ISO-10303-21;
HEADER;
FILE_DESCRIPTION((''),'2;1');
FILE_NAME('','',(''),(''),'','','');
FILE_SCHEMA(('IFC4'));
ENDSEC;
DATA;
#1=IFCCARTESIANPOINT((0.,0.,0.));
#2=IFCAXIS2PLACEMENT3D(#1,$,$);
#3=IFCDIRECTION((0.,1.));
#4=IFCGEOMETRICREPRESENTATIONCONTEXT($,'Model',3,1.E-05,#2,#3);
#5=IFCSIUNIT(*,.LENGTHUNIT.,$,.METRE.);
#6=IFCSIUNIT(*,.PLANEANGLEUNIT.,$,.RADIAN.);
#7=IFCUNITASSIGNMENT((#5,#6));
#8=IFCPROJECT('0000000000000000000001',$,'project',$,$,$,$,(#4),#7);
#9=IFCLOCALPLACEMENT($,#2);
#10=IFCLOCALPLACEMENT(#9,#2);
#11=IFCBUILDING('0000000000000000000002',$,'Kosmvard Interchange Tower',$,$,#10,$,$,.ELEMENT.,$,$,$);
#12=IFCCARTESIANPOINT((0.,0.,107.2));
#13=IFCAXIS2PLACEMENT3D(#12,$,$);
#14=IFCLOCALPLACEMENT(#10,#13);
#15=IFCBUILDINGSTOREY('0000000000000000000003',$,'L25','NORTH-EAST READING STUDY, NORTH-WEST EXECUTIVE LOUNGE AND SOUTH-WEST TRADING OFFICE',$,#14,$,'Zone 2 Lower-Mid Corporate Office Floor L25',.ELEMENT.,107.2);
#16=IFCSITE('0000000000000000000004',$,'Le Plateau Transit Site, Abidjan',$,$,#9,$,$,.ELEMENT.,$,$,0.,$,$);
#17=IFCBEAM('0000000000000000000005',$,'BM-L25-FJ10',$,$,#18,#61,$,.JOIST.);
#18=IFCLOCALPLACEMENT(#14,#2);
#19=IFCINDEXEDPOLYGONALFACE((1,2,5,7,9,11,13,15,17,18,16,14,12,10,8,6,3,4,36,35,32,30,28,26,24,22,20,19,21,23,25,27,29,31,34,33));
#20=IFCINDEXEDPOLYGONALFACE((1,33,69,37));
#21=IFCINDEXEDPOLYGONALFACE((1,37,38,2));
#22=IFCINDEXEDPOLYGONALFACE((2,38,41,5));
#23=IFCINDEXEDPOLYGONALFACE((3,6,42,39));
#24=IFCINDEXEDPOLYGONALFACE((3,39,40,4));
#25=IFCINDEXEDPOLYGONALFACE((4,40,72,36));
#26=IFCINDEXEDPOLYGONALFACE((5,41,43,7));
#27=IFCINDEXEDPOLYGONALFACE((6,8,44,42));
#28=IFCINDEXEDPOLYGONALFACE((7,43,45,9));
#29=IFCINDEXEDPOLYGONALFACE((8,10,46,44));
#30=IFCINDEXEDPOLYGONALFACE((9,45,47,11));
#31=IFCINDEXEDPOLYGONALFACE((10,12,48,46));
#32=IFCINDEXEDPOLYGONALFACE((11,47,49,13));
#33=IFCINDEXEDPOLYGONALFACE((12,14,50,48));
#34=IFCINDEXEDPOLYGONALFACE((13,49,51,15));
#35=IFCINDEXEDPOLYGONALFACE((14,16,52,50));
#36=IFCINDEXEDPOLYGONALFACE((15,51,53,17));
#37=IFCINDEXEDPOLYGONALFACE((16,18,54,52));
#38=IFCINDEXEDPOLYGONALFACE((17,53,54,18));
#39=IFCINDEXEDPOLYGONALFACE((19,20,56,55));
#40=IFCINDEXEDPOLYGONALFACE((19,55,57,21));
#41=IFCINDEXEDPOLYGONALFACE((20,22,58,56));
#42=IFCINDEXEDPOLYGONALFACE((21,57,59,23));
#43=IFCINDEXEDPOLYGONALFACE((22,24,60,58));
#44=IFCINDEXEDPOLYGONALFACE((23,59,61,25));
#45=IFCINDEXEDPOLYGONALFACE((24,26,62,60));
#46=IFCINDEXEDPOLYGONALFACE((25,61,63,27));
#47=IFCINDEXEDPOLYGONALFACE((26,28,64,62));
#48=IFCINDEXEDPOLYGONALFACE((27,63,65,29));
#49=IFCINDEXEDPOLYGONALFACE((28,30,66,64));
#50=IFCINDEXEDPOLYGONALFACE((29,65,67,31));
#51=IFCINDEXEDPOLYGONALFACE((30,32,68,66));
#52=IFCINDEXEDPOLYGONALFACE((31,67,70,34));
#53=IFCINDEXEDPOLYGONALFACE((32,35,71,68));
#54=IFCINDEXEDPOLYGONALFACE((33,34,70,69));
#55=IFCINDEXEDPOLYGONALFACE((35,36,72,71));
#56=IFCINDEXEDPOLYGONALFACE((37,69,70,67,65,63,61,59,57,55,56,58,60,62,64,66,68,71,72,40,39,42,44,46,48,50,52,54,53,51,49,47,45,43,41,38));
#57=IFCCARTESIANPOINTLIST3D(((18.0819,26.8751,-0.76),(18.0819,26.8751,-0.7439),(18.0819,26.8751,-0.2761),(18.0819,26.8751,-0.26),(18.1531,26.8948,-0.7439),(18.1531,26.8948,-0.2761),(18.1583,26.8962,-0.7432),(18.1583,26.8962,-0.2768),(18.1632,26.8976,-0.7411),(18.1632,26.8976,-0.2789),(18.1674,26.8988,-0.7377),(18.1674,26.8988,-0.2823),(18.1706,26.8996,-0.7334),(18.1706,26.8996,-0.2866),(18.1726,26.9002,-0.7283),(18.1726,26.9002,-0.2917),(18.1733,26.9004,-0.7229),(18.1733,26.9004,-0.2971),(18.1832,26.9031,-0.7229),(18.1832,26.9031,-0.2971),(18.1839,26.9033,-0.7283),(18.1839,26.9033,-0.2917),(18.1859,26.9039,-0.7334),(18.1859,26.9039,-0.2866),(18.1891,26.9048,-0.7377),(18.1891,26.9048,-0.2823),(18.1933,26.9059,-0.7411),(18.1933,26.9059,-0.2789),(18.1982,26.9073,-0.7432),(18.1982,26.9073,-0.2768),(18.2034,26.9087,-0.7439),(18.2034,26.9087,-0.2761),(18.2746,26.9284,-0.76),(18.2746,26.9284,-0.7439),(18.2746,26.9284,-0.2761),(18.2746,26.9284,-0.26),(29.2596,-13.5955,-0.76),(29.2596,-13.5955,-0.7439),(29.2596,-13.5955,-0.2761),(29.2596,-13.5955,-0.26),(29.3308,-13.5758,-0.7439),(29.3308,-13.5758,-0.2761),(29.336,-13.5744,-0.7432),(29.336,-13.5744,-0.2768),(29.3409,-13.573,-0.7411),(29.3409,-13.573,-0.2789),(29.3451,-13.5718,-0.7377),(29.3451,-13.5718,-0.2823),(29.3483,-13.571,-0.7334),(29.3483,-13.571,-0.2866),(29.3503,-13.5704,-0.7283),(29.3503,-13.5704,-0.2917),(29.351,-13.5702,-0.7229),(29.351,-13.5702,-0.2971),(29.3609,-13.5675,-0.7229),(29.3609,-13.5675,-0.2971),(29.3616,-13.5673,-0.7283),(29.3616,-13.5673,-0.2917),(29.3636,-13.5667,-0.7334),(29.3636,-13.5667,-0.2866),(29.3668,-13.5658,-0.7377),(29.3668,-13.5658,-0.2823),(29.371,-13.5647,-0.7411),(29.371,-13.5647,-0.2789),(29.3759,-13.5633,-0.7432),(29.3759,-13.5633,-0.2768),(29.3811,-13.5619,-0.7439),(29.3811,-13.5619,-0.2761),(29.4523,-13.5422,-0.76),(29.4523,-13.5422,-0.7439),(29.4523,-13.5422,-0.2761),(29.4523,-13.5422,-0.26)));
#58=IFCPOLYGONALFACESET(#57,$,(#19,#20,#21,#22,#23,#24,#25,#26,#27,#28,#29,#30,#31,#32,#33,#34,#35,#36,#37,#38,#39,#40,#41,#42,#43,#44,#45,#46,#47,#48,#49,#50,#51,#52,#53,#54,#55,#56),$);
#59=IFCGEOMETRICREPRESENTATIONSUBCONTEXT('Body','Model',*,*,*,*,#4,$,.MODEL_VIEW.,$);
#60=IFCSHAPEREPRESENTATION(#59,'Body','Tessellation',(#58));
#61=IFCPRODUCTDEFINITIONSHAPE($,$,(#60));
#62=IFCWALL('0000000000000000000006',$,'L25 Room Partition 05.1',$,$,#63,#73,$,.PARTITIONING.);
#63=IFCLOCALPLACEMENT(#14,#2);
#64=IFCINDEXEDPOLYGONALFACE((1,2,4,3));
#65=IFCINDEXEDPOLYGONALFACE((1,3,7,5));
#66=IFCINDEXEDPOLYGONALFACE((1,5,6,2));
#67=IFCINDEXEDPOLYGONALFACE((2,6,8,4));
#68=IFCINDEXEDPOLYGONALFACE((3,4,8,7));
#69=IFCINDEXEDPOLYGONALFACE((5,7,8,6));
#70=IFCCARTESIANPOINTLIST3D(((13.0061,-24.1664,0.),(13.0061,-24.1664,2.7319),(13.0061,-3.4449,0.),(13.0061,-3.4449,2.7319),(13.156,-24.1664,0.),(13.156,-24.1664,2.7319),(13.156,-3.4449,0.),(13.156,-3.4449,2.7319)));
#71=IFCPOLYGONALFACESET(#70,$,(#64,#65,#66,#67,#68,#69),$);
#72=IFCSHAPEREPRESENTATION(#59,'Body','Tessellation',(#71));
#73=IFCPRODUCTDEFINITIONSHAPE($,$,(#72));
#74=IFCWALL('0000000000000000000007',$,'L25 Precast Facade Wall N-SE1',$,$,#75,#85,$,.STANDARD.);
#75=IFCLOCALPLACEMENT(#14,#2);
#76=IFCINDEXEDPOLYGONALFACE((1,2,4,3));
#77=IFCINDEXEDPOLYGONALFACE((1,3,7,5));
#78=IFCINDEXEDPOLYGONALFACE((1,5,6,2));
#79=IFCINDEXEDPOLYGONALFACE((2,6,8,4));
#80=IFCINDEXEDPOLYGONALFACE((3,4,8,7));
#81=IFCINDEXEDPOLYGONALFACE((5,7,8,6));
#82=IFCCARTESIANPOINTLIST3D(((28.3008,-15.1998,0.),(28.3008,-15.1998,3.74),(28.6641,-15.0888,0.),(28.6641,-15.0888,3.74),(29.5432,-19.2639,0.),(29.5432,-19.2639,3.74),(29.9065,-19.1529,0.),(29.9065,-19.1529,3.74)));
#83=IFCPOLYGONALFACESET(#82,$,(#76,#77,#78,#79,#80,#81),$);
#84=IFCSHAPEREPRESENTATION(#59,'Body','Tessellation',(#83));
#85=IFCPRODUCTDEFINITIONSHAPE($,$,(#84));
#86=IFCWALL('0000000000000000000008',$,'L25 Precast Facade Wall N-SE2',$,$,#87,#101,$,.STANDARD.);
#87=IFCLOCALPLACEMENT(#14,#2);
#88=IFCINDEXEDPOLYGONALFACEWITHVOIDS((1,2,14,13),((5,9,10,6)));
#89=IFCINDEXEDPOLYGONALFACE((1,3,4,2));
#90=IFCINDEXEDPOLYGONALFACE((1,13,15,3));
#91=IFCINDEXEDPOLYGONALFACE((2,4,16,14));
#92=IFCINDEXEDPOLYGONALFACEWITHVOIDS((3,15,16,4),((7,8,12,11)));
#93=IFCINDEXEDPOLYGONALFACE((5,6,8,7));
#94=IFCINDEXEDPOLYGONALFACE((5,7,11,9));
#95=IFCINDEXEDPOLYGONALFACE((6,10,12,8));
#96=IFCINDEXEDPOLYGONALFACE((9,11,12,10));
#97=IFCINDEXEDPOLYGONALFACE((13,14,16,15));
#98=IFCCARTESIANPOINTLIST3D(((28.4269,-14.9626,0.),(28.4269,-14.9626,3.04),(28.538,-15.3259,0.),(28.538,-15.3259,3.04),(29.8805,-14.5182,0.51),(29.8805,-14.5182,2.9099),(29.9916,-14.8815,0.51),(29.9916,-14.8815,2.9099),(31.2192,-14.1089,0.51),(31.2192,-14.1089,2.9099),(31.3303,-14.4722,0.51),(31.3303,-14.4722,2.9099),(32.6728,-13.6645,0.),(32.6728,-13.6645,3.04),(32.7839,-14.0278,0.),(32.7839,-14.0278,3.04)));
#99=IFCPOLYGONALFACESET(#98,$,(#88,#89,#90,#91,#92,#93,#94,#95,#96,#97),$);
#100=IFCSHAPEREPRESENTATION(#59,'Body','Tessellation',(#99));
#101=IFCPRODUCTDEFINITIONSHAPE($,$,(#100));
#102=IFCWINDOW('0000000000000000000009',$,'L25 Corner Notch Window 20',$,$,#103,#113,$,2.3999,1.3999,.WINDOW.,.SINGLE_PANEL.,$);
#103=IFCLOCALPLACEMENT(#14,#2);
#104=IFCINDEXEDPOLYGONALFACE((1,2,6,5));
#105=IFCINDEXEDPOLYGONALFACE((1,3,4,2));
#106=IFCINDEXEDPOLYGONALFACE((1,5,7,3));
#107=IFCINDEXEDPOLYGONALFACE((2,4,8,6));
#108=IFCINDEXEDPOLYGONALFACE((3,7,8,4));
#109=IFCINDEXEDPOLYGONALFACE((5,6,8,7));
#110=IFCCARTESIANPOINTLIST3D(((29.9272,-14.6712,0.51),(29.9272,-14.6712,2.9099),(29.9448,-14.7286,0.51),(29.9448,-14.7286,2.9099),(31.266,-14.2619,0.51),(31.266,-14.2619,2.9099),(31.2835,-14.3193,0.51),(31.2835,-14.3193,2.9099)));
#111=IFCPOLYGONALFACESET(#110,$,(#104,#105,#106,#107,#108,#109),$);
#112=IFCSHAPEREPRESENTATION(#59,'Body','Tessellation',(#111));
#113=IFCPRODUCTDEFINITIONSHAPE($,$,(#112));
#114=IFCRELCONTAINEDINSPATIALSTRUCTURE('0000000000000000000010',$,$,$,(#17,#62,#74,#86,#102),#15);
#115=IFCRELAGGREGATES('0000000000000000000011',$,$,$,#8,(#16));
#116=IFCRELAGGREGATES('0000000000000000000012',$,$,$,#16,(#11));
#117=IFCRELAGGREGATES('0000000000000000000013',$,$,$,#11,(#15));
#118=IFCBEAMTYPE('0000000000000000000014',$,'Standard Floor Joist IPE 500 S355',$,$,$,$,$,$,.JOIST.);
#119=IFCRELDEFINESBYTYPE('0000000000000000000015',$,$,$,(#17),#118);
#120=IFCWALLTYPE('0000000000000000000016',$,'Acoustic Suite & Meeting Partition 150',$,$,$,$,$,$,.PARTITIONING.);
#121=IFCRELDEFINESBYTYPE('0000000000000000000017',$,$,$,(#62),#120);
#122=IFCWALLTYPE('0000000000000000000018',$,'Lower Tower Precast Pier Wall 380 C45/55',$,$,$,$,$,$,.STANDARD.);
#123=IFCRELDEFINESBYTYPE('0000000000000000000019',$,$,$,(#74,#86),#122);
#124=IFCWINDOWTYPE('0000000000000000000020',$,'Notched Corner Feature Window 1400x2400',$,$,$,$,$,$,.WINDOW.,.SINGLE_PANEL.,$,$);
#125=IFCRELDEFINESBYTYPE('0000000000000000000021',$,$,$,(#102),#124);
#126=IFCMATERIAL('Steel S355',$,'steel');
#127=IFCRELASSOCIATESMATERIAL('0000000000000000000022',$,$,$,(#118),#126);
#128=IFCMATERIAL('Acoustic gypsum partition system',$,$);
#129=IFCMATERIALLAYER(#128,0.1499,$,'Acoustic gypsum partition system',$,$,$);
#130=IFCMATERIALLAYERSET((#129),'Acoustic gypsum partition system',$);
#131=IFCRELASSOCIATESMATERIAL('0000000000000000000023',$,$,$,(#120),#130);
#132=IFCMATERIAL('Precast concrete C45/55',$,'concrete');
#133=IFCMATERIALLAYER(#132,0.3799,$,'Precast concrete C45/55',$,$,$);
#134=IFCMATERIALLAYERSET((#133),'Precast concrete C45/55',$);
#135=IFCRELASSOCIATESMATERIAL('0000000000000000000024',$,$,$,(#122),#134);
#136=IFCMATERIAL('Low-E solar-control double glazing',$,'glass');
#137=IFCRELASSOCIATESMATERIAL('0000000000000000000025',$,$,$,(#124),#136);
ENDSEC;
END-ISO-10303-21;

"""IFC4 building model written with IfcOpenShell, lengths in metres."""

from ifc_helpers import new_model, si_unit, direction, frame, frame_2d, origin, origin_2d, place, context, subcontext, project, spatial, rectangle, i_section, extrude, source, transform, mapped, material, layer, layer_set, material_profile, profile_set, type_object, element, fill, save


model = new_model("IFC4")

# Units and contexts
model_context = context("Model", 3, precision=1e-05, world=origin(), true_north=direction((0.0, 1.0)))
body_context = subcontext(model_context, "Body", "Model", "MODEL_VIEW")
ifc_project = project(units=[si_unit("LENGTHUNIT", "METRE"), si_unit("PLANEANGLEUNIT", "RADIAN")], contexts=[model_context])

# Site, building, storey
site_placement = place(None, origin())
site = spatial("IfcSite", under=ifc_project, at=site_placement, Name="Le Plateau Transit Site, Abidjan", CompositionType="ELEMENT", RefElevation=0.0)
building_placement = place(site_placement, origin())
building = spatial("IfcBuilding", under=site, at=building_placement, Name="Kosmvard Interchange Tower", CompositionType="ELEMENT")
storey_placement = place(building_placement, frame((0.0, 0.0, 107.2)))
storey = spatial("IfcBuildingStorey", under=building, at=storey_placement, Name="L25", Description="NORTH-EAST READING STUDY, NORTH-WEST EXECUTIVE LOUNGE AND SOUTH-WEST TRADING OFFICE", LongName="Zone 2 Lower-Mid Corporate Office Floor L25", CompositionType="ELEMENT", Elevation=107.2)

# Beam
ifc_material_1 = material(Name="Steel S355", Category="steel")
ifc_material_2 = material(Name="Precast concrete C45/55", Category="concrete")
ifc_material_profile_1 = material_profile(ifc_material_1, i_section(OverallWidth=0.2, OverallDepth=0.5, WebThickness=0.0103, FlangeThickness=0.0161, FilletRadius=0.021, at=origin_2d()), Name="IPE 500")
ifc_profile_set_1 = profile_set([ifc_material_profile_1], Name="Steel S355")
beam_type_1 = type_object("IfcBeamType", Name="Standard Floor Joist IPE 500 S355", PredefinedType="JOIST", material=ifc_profile_set_1)
shared_shape_1 = source(origin(), body_context, "Body", "SweptSolid", [
    extrude(i_section(OverallWidth=0.2, OverallDepth=0.5, WebThickness=0.0103, FlangeThickness=0.0161, FilletRadius=0.021, at=origin_2d()), origin(), (0.0, 0.0, 1.0), 41.9858),
])
beam_1_placement = place(storey_placement, frame((29.356, -13.5688, -0.51), z_axis=(-0.266226, 0.963911, 0.0), x_axis=(-0.963911, -0.266226, 0.0)))
element("IfcBeam", 1, at=beam_1_placement, inside=storey, type_object=beam_type_1, Name="BM-L25-FJ10", PredefinedType="JOIST", context=body_context, shape_type="MappedRepresentation", body=[
    mapped(shared_shape_1, transform((0.0, 0.0, 0.0), scale=1.0)),
])

# Walls
ifc_material_3 = material(Name="Acoustic gypsum partition system")
ifc_layer_1 = layer(ifc_material_3, 0.1499, Name="Acoustic gypsum partition system")
ifc_layer_set_1 = layer_set([ifc_layer_1], Name="Acoustic gypsum partition system")
wall_type_1 = type_object("IfcWallType", Name="Acoustic Suite & Meeting Partition 150", PredefinedType="PARTITIONING", material=ifc_layer_set_1)
wall_1_placement = place(storey_placement, frame((13.0811, -24.1665, 0.0), z_axis=(0.0, 0.0, 1.0), x_axis=(0.0, 1.0, 0.0)))
element("IfcWall", 2, at=wall_1_placement, inside=storey, type_object=wall_type_1, Name="L25 Room Partition 05.1", PredefinedType="PARTITIONING", context=body_context, shape_type="SweptSolid", body=[
    extrude(rectangle(XDim=20.7214, YDim=0.1499, at=frame_2d((10.3608, 0.0))), origin(), (0.0, 0.0, 1.0), 2.7319),
])
ifc_layer_2 = layer(ifc_material_2, 0.3799, Name="Precast concrete C45/55")
ifc_layer_set_2 = layer_set([ifc_layer_2], Name="Precast concrete C45/55")
wall_type_2 = type_object("IfcWallType", Name="Lower Tower Precast Pier Wall 380 C45/55", PredefinedType="STANDARD", material=ifc_layer_set_2)
wall_2_placement = place(storey_placement, frame((29.7249, -19.2085, 0.0), z_axis=(0.0, 0.0, 1.0), x_axis=(-0.292346, 0.956313, 0.0)))
element("IfcWall", 3, at=wall_2_placement, inside=storey, type_object=wall_type_2, Name="L25 Precast Facade Wall N-SE1", PredefinedType="STANDARD", context=body_context, shape_type="SweptSolid", body=[
    extrude(rectangle(XDim=4.2498, YDim=0.3799, at=frame_2d((2.125, 0.0))), origin(), (0.0, 0.0, 1.0), 3.74),
])

# Wall, opening, window
wall_3_placement = place(storey_placement, frame((28.4824, -15.1443, 0.0), z_axis=(0.0, 0.0, 1.0), x_axis=(0.956304, 0.292374, 0.0)))
wall_3 = element("IfcWall", 4, at=wall_3_placement, inside=storey, type_object=wall_type_2, Name="L25 Precast Facade Wall N-SE2", PredefinedType="STANDARD", context=body_context, shape_type="SweptSolid", body=[
    extrude(rectangle(XDim=4.4399, YDim=0.3799, at=frame_2d((2.22, 0.0))), origin(), (0.0, 0.0, 1.0), 3.04),
])
opening_1_placement = place(wall_3_placement, frame((1.52, 0.0, 0.51)))
opening_1 = element("IfcOpeningElement", 5, at=opening_1_placement, cuts=wall_3, PredefinedType="OPENING", context=body_context, shape_type="SweptSolid", body=[
    extrude(rectangle(XDim=1.3999, YDim=2.3999, at=frame_2d((0.7, 1.2))), frame((0.0, 0.2, 0.0), z_axis=(0.0, -1.0, 0.0), x_axis=(1.0, 0.0, 0.0)), (0.0, 0.0, 1.0), 0.3999),
])
ifc_material_4 = material(Name="Low-E solar-control double glazing", Category="glass")
window_type_1 = type_object("IfcWindowType", Name="Notched Corner Feature Window 1400x2400", PartitioningType="SINGLE_PANEL", PredefinedType="WINDOW", material=ifc_material_4)
shared_shape_2 = source(origin(), body_context, "Body", "SweptSolid", [
    extrude(rectangle(XDim=1.3999, YDim=2.3999, at=frame_2d((0.7, 1.2))), frame((0.0, 0.03, 0.0), z_axis=(0.0, -1.0, 0.0), x_axis=(1.0, 0.0, 0.0)), (0.0, 0.0, 1.0), 0.0601),
])
window_1_placement = place(opening_1_placement, origin())
window_1 = element("IfcWindow", 6, at=window_1_placement, inside=storey, type_object=window_type_1, Name="L25 Corner Notch Window 20", OverallHeight=2.3999, OverallWidth=1.3999, PartitioningType="SINGLE_PANEL", PredefinedType="WINDOW", context=body_context, shape_type="MappedRepresentation", body=[
    mapped(shared_shape_2, transform((0.0, 0.0, 0.0), scale=1.0)),
])
fill(opening_1, window_1)

save(model, "model.ifc")
